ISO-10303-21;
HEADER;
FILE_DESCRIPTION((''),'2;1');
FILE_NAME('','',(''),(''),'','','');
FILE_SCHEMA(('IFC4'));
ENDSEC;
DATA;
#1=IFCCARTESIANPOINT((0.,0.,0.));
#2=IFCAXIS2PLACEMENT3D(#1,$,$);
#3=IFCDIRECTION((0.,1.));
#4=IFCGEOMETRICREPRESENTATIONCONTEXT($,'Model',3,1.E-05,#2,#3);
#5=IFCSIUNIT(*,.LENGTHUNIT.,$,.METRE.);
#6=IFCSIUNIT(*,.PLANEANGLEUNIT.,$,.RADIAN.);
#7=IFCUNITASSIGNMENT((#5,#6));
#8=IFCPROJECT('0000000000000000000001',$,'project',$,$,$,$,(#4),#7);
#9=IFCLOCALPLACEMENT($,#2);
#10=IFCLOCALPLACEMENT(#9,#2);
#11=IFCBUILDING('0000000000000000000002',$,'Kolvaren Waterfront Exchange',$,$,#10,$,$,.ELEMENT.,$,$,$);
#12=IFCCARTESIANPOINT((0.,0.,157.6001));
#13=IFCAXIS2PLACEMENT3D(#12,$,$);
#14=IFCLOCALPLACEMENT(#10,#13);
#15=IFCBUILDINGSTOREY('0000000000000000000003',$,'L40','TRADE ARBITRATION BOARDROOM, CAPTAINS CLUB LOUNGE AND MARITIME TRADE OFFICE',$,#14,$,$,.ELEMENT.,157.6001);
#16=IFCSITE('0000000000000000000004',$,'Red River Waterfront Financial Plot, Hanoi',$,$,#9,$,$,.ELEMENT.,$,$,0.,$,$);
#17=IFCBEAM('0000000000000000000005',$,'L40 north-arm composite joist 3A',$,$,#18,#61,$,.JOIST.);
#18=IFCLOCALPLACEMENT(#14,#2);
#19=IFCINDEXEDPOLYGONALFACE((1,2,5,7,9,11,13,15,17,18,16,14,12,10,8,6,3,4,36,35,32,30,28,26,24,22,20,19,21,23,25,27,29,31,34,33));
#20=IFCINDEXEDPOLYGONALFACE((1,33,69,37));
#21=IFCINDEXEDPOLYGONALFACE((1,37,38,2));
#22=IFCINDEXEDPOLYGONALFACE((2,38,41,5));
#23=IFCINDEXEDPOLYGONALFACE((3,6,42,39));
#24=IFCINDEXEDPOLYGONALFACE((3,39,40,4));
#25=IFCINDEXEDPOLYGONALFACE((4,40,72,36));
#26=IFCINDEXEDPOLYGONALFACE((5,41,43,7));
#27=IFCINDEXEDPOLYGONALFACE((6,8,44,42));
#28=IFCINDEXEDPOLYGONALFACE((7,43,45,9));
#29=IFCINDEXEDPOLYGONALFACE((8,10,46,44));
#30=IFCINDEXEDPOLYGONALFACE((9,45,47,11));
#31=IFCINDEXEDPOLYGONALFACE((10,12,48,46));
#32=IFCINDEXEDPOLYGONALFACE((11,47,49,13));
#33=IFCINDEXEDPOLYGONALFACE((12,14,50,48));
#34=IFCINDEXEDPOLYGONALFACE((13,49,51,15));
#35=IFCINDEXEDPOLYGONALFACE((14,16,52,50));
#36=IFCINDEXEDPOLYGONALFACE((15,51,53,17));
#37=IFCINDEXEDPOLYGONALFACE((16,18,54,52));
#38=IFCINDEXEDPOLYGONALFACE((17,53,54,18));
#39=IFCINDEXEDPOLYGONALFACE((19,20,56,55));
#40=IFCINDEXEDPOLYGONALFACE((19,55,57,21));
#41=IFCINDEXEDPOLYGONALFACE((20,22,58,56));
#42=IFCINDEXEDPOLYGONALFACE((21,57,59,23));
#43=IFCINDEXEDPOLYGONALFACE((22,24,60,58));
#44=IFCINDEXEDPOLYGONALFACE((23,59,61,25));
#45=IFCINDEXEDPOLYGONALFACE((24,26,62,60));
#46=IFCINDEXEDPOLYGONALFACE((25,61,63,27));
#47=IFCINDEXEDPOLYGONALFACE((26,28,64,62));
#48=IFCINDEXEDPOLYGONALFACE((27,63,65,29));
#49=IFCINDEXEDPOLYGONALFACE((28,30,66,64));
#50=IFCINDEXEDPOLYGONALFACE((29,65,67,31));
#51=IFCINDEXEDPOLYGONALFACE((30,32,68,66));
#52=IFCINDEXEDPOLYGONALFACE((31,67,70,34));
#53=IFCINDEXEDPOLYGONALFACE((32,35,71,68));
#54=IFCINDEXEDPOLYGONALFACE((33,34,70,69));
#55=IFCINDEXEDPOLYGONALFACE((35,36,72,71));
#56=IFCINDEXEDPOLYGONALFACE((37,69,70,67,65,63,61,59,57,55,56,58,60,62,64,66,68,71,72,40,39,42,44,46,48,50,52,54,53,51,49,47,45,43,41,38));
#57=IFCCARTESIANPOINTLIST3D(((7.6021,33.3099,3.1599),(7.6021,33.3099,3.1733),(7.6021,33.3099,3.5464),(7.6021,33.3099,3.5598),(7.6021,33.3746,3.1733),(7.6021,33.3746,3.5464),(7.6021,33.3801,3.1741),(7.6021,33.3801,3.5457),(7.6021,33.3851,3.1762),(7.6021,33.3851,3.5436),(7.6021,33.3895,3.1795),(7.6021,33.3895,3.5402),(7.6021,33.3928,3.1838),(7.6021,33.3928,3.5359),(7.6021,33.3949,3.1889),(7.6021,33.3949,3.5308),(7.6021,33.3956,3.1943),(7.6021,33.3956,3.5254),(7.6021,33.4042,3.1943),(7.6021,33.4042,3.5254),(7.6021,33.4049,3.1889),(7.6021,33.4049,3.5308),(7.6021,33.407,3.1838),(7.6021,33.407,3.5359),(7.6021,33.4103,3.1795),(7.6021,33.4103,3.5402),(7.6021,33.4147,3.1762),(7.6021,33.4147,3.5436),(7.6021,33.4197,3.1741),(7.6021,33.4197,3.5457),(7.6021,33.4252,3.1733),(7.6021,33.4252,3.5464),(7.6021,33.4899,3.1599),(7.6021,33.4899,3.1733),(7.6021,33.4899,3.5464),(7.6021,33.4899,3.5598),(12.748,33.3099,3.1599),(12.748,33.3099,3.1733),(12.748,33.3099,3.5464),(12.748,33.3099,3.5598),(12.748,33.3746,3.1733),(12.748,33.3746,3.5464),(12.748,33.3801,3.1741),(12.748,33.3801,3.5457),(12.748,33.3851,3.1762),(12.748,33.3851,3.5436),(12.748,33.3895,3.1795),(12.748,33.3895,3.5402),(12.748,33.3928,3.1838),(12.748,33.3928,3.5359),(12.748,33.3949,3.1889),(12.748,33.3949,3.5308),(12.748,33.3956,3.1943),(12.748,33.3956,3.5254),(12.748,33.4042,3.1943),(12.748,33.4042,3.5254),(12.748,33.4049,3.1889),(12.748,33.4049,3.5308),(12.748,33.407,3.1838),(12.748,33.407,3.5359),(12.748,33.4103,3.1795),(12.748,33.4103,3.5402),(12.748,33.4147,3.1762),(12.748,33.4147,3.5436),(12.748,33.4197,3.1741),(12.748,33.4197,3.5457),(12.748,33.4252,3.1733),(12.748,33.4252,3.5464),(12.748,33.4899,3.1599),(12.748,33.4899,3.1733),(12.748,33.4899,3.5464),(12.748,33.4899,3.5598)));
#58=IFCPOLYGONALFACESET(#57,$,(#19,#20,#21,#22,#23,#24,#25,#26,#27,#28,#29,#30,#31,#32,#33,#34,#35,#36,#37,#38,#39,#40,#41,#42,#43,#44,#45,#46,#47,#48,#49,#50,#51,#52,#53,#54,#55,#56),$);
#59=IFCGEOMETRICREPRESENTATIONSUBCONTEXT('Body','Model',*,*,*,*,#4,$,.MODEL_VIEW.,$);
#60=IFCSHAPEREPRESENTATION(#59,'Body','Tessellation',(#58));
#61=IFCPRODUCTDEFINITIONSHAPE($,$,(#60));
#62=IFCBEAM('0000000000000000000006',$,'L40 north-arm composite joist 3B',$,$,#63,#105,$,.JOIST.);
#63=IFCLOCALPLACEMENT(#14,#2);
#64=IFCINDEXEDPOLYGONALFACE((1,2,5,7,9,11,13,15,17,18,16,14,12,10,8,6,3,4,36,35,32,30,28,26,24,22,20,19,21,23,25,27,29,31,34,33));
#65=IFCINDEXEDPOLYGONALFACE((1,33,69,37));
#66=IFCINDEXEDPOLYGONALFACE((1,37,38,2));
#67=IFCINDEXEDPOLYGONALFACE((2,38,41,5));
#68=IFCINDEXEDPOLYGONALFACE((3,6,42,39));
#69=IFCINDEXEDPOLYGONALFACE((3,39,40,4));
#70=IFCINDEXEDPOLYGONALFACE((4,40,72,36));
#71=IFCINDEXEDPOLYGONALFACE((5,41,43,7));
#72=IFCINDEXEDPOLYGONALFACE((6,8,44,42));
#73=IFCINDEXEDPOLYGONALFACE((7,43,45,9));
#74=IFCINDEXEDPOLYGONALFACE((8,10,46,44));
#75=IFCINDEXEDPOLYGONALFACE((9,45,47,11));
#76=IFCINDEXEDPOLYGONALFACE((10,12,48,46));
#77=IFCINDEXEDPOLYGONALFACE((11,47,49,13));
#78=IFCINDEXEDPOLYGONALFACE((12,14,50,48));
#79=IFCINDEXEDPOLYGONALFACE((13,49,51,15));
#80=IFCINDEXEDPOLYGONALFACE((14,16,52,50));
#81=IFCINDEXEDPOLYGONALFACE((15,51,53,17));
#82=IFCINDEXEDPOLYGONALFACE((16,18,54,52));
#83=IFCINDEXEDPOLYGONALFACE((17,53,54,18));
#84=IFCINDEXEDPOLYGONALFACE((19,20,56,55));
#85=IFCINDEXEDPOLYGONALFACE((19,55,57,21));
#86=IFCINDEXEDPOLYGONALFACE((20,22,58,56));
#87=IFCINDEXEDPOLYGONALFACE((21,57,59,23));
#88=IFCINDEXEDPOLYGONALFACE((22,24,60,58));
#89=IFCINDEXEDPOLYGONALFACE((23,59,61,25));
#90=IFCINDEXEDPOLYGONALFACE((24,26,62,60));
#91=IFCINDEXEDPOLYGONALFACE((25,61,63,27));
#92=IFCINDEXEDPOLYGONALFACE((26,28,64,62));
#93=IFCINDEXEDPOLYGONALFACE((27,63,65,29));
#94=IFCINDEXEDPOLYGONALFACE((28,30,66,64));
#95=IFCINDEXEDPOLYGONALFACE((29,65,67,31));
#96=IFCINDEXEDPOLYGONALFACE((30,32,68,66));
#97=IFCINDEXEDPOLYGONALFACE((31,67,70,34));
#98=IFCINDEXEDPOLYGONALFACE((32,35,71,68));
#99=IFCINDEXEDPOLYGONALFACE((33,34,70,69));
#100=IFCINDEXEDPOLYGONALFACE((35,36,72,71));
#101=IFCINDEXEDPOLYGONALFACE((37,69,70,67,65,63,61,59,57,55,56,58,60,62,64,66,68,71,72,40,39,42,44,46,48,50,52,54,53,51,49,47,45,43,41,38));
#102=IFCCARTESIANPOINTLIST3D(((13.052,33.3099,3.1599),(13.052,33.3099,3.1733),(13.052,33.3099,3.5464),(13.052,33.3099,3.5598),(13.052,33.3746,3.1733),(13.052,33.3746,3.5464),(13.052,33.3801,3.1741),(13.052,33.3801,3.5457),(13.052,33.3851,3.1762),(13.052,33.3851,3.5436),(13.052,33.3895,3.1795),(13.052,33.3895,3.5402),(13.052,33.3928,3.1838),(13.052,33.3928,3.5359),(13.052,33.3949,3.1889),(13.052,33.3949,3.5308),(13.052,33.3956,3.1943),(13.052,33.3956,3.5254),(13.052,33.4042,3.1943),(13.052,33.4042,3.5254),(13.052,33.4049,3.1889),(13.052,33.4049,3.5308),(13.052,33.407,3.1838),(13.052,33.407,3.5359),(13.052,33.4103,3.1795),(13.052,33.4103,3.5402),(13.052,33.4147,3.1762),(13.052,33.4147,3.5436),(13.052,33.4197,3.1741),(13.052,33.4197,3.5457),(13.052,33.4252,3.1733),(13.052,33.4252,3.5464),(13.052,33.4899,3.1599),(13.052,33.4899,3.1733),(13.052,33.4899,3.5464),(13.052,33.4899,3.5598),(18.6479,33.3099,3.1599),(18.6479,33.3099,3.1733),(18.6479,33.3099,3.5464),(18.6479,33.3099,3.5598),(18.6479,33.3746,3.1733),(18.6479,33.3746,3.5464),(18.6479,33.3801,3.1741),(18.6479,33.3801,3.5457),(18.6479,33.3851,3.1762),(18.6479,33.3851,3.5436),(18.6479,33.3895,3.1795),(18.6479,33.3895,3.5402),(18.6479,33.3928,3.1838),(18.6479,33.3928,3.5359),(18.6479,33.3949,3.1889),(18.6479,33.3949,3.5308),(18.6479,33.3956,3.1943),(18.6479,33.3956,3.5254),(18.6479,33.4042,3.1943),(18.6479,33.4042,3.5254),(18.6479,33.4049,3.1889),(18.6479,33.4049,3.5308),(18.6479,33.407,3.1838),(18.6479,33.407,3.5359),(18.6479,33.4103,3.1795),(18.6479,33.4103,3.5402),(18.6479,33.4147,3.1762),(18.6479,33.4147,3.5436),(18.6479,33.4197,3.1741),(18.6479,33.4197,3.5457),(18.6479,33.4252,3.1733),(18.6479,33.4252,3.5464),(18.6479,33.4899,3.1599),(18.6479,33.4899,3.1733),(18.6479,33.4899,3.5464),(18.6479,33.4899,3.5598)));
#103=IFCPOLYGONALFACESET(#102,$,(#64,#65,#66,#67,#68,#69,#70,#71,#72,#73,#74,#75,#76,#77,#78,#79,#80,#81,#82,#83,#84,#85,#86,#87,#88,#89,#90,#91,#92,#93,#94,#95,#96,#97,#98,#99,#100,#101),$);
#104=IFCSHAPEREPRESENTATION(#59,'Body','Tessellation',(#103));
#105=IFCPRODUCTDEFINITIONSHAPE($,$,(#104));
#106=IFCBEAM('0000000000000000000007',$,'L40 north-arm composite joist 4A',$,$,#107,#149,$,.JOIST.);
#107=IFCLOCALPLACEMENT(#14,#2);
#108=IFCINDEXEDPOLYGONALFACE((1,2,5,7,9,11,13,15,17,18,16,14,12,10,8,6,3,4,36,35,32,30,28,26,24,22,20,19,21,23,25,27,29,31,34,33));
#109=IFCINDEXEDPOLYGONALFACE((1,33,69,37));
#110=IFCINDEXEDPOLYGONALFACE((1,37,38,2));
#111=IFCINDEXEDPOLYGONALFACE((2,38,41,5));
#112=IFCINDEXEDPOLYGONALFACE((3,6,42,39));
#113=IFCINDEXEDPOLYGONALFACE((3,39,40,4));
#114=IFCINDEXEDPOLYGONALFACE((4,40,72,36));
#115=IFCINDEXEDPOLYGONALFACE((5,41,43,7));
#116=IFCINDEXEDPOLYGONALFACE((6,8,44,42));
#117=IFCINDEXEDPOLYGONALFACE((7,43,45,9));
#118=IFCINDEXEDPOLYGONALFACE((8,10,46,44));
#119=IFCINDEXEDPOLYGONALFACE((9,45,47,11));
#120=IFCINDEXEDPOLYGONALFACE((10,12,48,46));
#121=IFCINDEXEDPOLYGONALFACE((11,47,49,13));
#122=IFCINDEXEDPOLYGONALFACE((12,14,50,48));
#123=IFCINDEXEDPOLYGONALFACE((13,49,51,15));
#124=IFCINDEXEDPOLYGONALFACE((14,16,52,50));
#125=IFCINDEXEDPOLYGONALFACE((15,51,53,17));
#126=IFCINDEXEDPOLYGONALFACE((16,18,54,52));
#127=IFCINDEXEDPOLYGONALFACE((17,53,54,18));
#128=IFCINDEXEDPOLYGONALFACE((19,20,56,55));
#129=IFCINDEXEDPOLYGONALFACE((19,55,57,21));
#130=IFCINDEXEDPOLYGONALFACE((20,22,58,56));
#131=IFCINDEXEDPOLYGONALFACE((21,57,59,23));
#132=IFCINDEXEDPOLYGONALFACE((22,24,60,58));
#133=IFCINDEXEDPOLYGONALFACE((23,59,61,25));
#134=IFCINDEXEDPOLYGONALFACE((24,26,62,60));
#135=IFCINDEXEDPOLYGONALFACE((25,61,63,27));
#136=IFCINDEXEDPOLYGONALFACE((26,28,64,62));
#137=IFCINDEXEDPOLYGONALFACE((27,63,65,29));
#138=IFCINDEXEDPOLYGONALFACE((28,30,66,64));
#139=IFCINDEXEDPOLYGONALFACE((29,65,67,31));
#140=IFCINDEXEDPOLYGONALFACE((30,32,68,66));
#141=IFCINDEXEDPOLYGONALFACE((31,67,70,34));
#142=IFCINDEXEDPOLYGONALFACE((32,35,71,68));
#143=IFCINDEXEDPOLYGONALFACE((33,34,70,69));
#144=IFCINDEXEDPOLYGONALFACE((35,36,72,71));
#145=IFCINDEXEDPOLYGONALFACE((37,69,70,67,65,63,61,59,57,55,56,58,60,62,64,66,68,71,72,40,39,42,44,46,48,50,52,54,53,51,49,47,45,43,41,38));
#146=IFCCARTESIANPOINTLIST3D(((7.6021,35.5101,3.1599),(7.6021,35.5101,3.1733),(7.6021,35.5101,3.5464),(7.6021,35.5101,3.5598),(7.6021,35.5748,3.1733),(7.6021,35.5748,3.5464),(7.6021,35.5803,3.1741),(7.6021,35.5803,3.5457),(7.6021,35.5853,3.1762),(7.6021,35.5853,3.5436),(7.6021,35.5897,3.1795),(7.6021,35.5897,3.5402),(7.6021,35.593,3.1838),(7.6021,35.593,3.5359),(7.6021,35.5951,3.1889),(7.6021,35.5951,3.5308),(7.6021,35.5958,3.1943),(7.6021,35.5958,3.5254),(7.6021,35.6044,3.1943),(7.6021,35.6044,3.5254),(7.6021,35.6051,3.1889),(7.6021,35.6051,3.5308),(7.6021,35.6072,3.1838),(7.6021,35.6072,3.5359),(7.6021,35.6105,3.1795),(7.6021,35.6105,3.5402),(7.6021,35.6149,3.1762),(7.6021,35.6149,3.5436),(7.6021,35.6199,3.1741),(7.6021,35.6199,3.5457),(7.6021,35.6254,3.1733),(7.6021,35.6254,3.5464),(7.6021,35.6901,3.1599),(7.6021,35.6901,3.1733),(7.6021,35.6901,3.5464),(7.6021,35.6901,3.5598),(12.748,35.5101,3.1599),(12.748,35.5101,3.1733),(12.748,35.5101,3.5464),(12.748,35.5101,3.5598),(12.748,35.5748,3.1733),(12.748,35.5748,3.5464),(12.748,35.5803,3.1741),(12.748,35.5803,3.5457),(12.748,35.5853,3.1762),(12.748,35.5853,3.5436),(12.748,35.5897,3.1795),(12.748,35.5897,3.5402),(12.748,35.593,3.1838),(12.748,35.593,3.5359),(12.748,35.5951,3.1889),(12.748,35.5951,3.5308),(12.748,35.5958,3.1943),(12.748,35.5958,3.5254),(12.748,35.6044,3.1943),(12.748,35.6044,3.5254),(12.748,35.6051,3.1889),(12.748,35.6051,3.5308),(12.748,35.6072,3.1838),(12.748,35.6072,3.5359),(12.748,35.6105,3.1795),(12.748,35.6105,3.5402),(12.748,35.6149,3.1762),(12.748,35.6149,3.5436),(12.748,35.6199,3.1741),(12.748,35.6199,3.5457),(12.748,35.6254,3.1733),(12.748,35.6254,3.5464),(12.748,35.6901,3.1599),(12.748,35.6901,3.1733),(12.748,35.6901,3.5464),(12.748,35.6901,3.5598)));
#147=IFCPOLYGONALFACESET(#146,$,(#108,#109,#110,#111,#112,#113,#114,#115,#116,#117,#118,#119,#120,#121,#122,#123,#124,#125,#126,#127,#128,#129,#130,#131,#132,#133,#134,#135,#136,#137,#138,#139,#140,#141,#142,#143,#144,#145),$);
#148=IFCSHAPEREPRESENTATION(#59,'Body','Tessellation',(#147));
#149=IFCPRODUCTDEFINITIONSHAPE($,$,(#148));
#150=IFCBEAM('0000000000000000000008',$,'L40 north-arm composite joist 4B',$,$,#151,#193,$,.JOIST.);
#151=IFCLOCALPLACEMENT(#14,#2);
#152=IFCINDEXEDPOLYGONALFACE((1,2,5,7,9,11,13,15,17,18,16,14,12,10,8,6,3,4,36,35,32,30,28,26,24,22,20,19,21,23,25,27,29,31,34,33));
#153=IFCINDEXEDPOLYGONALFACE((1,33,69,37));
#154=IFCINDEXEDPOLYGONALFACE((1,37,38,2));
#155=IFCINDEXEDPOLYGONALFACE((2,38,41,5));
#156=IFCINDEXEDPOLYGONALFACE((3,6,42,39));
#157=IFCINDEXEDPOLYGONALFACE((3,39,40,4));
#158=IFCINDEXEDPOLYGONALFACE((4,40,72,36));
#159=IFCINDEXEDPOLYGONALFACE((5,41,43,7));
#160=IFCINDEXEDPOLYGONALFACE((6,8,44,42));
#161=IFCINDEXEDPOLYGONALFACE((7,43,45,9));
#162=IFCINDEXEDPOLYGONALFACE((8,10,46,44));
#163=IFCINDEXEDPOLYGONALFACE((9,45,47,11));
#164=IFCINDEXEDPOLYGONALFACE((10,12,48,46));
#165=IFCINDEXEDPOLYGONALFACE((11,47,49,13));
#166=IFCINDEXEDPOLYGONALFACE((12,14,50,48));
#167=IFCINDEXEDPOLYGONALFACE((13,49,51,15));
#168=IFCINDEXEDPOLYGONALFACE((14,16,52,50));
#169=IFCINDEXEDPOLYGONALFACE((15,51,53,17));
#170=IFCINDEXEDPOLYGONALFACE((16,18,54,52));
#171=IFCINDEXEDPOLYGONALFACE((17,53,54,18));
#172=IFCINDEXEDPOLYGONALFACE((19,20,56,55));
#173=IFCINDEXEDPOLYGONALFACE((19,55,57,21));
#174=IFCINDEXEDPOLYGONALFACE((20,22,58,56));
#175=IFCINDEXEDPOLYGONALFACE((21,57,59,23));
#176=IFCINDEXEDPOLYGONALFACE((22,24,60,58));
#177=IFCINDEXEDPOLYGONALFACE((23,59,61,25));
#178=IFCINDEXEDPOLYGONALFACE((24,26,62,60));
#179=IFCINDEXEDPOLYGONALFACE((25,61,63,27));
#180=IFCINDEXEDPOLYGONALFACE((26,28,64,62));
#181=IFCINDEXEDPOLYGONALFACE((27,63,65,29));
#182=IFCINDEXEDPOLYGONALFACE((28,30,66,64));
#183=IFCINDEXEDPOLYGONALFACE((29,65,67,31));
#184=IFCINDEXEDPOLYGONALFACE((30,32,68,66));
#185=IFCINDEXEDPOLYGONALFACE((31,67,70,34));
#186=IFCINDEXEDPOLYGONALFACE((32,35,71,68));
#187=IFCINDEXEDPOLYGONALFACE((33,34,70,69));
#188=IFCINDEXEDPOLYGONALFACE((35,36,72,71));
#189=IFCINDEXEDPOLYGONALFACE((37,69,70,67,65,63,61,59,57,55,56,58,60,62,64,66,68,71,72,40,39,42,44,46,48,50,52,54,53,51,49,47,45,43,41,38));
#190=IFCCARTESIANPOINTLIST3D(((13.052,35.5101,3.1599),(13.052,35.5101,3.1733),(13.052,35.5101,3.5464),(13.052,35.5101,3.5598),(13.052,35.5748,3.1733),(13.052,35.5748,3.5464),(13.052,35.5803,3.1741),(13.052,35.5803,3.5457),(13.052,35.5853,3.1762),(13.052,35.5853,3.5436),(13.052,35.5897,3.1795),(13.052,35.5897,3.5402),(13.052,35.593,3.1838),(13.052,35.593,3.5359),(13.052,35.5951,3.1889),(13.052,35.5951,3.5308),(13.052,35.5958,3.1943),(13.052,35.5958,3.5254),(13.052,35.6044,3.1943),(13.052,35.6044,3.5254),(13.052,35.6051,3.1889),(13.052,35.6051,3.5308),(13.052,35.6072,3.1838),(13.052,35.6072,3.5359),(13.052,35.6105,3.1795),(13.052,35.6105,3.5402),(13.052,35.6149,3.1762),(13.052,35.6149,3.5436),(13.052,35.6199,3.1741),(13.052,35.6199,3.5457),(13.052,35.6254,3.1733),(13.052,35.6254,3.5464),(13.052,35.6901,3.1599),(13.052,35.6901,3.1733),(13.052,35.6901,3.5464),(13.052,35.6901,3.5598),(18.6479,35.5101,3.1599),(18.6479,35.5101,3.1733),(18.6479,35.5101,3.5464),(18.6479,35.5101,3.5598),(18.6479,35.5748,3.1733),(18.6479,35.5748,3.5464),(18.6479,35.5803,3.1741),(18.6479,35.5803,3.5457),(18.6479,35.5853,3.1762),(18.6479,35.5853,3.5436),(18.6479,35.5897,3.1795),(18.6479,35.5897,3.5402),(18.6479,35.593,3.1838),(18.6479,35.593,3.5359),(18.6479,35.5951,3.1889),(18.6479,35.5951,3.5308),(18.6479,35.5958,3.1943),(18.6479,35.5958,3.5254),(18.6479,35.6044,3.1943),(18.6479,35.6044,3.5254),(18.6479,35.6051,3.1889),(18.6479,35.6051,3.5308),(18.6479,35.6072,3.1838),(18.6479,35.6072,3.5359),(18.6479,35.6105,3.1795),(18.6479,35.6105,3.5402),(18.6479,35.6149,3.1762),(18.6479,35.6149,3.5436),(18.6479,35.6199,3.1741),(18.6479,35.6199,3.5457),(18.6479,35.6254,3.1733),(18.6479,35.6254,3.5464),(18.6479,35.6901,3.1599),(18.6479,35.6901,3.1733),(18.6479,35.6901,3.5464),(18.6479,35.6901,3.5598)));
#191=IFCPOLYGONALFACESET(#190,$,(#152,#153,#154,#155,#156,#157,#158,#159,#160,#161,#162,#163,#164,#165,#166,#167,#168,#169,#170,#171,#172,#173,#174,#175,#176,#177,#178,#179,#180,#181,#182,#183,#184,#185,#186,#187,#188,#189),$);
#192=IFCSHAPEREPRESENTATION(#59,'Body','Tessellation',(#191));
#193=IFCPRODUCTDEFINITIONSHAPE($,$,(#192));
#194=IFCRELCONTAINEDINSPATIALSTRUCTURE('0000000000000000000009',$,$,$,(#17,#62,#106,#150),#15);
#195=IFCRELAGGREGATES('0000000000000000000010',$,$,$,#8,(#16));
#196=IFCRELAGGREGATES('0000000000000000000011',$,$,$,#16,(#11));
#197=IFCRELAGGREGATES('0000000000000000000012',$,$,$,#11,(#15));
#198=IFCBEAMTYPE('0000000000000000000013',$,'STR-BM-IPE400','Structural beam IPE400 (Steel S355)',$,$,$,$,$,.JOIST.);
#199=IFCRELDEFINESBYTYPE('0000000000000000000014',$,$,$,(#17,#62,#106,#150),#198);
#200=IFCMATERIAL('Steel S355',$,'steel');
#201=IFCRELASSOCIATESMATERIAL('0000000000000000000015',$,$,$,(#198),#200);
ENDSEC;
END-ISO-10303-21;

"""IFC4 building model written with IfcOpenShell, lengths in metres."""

from ifc_helpers import new_model, si_unit, direction, frame, origin, origin_2d, place, context, subcontext, project, spatial, i_section, extrude, material, material_profile, profile_set, type_object, element, save


model = new_model("IFC4")

# Units and contexts
model_context = context("Model", 3, precision=1e-05, world=origin(), true_north=direction((0.0, 1.0)))
body_context = subcontext(model_context, "Body", "Model", "MODEL_VIEW")
ifc_project = project(units=[si_unit("LENGTHUNIT", "METRE"), si_unit("PLANEANGLEUNIT", "RADIAN")], contexts=[model_context])

# Site, building, storey
site_placement = place(None, origin())
site = spatial("IfcSite", under=ifc_project, at=site_placement, Name="Red River Waterfront Financial Plot, Hanoi", CompositionType="ELEMENT", RefElevation=0.0)
building_placement = place(site_placement, origin())
building = spatial("IfcBuilding", under=site, at=building_placement, Name="Kolvaren Waterfront Exchange", CompositionType="ELEMENT")
storey_placement = place(building_placement, frame((0.0, 0.0, 157.6001)))
storey = spatial("IfcBuildingStorey", under=building, at=storey_placement, Name="L40", Description="TRADE ARBITRATION BOARDROOM, CAPTAINS CLUB LOUNGE AND MARITIME TRADE OFFICE", CompositionType="ELEMENT", Elevation=157.6001)

# Beams
ifc_material_1 = material(Name="Steel S355", Category="steel")
ifc_material_profile_1 = material_profile(ifc_material_1, i_section(OverallWidth=0.1799, OverallDepth=0.3999, WebThickness=0.0085, FlangeThickness=0.0134, FilletRadius=0.021, at=origin_2d()), Name="IPE400")
ifc_profile_set_1 = profile_set([ifc_material_profile_1], Name="Steel S355")
beam_type_1 = type_object("IfcBeamType", Name="STR-BM-IPE400", Description="Structural beam IPE400 (Steel S355)", PredefinedType="JOIST", material=ifc_profile_set_1)
beam_1_placement = place(storey_placement, frame((7.6021, 33.3999, 3.3599), z_axis=(1.0, 0.0, 0.0), x_axis=(0.0, 1.0, 0.0)))
element("IfcBeam", 1, at=beam_1_placement, inside=storey, type_object=beam_type_1, Name="L40 north-arm composite joist 3A", PredefinedType="JOIST", context=body_context, shape_type="SweptSolid", body=[
    extrude(i_section(OverallWidth=0.1799, OverallDepth=0.3999, WebThickness=0.0085, FlangeThickness=0.0134, FilletRadius=0.021, at=origin_2d()), origin(), (0.0, 0.0, 1.0), 5.146),
])
beam_2_placement = place(storey_placement, frame((13.052, 33.3999, 3.3599), z_axis=(1.0, 0.0, 0.0), x_axis=(0.0, 1.0, 0.0)))
element("IfcBeam", 2, at=beam_2_placement, inside=storey, type_object=beam_type_1, Name="L40 north-arm composite joist 3B", PredefinedType="JOIST", context=body_context, shape_type="SweptSolid", body=[
    extrude(i_section(OverallWidth=0.1799, OverallDepth=0.3999, WebThickness=0.0085, FlangeThickness=0.0134, FilletRadius=0.021, at=origin_2d()), origin(), (0.0, 0.0, 1.0), 5.5959),
])
beam_3_placement = place(storey_placement, frame((7.6021, 35.6001, 3.3599), z_axis=(1.0, 0.0, 0.0), x_axis=(0.0, 1.0, 0.0)))
element("IfcBeam", 3, at=beam_3_placement, inside=storey, type_object=beam_type_1, Name="L40 north-arm composite joist 4A", PredefinedType="JOIST", context=body_context, shape_type="SweptSolid", body=[
    extrude(i_section(OverallWidth=0.1799, OverallDepth=0.3999, WebThickness=0.0085, FlangeThickness=0.0134, FilletRadius=0.021, at=origin_2d()), origin(), (0.0, 0.0, 1.0), 5.146),
])
beam_4_placement = place(storey_placement, frame((13.052, 35.6001, 3.3599), z_axis=(1.0, 0.0, 0.0), x_axis=(0.0, 1.0, 0.0)))
element("IfcBeam", 4, at=beam_4_placement, inside=storey, type_object=beam_type_1, Name="L40 north-arm composite joist 4B", PredefinedType="JOIST", context=body_context, shape_type="SweptSolid", body=[
    extrude(i_section(OverallWidth=0.1799, OverallDepth=0.3999, WebThickness=0.0085, FlangeThickness=0.0134, FilletRadius=0.021, at=origin_2d()), origin(), (0.0, 0.0, 1.0), 5.5959),
])

save(model, "model.ifc")
